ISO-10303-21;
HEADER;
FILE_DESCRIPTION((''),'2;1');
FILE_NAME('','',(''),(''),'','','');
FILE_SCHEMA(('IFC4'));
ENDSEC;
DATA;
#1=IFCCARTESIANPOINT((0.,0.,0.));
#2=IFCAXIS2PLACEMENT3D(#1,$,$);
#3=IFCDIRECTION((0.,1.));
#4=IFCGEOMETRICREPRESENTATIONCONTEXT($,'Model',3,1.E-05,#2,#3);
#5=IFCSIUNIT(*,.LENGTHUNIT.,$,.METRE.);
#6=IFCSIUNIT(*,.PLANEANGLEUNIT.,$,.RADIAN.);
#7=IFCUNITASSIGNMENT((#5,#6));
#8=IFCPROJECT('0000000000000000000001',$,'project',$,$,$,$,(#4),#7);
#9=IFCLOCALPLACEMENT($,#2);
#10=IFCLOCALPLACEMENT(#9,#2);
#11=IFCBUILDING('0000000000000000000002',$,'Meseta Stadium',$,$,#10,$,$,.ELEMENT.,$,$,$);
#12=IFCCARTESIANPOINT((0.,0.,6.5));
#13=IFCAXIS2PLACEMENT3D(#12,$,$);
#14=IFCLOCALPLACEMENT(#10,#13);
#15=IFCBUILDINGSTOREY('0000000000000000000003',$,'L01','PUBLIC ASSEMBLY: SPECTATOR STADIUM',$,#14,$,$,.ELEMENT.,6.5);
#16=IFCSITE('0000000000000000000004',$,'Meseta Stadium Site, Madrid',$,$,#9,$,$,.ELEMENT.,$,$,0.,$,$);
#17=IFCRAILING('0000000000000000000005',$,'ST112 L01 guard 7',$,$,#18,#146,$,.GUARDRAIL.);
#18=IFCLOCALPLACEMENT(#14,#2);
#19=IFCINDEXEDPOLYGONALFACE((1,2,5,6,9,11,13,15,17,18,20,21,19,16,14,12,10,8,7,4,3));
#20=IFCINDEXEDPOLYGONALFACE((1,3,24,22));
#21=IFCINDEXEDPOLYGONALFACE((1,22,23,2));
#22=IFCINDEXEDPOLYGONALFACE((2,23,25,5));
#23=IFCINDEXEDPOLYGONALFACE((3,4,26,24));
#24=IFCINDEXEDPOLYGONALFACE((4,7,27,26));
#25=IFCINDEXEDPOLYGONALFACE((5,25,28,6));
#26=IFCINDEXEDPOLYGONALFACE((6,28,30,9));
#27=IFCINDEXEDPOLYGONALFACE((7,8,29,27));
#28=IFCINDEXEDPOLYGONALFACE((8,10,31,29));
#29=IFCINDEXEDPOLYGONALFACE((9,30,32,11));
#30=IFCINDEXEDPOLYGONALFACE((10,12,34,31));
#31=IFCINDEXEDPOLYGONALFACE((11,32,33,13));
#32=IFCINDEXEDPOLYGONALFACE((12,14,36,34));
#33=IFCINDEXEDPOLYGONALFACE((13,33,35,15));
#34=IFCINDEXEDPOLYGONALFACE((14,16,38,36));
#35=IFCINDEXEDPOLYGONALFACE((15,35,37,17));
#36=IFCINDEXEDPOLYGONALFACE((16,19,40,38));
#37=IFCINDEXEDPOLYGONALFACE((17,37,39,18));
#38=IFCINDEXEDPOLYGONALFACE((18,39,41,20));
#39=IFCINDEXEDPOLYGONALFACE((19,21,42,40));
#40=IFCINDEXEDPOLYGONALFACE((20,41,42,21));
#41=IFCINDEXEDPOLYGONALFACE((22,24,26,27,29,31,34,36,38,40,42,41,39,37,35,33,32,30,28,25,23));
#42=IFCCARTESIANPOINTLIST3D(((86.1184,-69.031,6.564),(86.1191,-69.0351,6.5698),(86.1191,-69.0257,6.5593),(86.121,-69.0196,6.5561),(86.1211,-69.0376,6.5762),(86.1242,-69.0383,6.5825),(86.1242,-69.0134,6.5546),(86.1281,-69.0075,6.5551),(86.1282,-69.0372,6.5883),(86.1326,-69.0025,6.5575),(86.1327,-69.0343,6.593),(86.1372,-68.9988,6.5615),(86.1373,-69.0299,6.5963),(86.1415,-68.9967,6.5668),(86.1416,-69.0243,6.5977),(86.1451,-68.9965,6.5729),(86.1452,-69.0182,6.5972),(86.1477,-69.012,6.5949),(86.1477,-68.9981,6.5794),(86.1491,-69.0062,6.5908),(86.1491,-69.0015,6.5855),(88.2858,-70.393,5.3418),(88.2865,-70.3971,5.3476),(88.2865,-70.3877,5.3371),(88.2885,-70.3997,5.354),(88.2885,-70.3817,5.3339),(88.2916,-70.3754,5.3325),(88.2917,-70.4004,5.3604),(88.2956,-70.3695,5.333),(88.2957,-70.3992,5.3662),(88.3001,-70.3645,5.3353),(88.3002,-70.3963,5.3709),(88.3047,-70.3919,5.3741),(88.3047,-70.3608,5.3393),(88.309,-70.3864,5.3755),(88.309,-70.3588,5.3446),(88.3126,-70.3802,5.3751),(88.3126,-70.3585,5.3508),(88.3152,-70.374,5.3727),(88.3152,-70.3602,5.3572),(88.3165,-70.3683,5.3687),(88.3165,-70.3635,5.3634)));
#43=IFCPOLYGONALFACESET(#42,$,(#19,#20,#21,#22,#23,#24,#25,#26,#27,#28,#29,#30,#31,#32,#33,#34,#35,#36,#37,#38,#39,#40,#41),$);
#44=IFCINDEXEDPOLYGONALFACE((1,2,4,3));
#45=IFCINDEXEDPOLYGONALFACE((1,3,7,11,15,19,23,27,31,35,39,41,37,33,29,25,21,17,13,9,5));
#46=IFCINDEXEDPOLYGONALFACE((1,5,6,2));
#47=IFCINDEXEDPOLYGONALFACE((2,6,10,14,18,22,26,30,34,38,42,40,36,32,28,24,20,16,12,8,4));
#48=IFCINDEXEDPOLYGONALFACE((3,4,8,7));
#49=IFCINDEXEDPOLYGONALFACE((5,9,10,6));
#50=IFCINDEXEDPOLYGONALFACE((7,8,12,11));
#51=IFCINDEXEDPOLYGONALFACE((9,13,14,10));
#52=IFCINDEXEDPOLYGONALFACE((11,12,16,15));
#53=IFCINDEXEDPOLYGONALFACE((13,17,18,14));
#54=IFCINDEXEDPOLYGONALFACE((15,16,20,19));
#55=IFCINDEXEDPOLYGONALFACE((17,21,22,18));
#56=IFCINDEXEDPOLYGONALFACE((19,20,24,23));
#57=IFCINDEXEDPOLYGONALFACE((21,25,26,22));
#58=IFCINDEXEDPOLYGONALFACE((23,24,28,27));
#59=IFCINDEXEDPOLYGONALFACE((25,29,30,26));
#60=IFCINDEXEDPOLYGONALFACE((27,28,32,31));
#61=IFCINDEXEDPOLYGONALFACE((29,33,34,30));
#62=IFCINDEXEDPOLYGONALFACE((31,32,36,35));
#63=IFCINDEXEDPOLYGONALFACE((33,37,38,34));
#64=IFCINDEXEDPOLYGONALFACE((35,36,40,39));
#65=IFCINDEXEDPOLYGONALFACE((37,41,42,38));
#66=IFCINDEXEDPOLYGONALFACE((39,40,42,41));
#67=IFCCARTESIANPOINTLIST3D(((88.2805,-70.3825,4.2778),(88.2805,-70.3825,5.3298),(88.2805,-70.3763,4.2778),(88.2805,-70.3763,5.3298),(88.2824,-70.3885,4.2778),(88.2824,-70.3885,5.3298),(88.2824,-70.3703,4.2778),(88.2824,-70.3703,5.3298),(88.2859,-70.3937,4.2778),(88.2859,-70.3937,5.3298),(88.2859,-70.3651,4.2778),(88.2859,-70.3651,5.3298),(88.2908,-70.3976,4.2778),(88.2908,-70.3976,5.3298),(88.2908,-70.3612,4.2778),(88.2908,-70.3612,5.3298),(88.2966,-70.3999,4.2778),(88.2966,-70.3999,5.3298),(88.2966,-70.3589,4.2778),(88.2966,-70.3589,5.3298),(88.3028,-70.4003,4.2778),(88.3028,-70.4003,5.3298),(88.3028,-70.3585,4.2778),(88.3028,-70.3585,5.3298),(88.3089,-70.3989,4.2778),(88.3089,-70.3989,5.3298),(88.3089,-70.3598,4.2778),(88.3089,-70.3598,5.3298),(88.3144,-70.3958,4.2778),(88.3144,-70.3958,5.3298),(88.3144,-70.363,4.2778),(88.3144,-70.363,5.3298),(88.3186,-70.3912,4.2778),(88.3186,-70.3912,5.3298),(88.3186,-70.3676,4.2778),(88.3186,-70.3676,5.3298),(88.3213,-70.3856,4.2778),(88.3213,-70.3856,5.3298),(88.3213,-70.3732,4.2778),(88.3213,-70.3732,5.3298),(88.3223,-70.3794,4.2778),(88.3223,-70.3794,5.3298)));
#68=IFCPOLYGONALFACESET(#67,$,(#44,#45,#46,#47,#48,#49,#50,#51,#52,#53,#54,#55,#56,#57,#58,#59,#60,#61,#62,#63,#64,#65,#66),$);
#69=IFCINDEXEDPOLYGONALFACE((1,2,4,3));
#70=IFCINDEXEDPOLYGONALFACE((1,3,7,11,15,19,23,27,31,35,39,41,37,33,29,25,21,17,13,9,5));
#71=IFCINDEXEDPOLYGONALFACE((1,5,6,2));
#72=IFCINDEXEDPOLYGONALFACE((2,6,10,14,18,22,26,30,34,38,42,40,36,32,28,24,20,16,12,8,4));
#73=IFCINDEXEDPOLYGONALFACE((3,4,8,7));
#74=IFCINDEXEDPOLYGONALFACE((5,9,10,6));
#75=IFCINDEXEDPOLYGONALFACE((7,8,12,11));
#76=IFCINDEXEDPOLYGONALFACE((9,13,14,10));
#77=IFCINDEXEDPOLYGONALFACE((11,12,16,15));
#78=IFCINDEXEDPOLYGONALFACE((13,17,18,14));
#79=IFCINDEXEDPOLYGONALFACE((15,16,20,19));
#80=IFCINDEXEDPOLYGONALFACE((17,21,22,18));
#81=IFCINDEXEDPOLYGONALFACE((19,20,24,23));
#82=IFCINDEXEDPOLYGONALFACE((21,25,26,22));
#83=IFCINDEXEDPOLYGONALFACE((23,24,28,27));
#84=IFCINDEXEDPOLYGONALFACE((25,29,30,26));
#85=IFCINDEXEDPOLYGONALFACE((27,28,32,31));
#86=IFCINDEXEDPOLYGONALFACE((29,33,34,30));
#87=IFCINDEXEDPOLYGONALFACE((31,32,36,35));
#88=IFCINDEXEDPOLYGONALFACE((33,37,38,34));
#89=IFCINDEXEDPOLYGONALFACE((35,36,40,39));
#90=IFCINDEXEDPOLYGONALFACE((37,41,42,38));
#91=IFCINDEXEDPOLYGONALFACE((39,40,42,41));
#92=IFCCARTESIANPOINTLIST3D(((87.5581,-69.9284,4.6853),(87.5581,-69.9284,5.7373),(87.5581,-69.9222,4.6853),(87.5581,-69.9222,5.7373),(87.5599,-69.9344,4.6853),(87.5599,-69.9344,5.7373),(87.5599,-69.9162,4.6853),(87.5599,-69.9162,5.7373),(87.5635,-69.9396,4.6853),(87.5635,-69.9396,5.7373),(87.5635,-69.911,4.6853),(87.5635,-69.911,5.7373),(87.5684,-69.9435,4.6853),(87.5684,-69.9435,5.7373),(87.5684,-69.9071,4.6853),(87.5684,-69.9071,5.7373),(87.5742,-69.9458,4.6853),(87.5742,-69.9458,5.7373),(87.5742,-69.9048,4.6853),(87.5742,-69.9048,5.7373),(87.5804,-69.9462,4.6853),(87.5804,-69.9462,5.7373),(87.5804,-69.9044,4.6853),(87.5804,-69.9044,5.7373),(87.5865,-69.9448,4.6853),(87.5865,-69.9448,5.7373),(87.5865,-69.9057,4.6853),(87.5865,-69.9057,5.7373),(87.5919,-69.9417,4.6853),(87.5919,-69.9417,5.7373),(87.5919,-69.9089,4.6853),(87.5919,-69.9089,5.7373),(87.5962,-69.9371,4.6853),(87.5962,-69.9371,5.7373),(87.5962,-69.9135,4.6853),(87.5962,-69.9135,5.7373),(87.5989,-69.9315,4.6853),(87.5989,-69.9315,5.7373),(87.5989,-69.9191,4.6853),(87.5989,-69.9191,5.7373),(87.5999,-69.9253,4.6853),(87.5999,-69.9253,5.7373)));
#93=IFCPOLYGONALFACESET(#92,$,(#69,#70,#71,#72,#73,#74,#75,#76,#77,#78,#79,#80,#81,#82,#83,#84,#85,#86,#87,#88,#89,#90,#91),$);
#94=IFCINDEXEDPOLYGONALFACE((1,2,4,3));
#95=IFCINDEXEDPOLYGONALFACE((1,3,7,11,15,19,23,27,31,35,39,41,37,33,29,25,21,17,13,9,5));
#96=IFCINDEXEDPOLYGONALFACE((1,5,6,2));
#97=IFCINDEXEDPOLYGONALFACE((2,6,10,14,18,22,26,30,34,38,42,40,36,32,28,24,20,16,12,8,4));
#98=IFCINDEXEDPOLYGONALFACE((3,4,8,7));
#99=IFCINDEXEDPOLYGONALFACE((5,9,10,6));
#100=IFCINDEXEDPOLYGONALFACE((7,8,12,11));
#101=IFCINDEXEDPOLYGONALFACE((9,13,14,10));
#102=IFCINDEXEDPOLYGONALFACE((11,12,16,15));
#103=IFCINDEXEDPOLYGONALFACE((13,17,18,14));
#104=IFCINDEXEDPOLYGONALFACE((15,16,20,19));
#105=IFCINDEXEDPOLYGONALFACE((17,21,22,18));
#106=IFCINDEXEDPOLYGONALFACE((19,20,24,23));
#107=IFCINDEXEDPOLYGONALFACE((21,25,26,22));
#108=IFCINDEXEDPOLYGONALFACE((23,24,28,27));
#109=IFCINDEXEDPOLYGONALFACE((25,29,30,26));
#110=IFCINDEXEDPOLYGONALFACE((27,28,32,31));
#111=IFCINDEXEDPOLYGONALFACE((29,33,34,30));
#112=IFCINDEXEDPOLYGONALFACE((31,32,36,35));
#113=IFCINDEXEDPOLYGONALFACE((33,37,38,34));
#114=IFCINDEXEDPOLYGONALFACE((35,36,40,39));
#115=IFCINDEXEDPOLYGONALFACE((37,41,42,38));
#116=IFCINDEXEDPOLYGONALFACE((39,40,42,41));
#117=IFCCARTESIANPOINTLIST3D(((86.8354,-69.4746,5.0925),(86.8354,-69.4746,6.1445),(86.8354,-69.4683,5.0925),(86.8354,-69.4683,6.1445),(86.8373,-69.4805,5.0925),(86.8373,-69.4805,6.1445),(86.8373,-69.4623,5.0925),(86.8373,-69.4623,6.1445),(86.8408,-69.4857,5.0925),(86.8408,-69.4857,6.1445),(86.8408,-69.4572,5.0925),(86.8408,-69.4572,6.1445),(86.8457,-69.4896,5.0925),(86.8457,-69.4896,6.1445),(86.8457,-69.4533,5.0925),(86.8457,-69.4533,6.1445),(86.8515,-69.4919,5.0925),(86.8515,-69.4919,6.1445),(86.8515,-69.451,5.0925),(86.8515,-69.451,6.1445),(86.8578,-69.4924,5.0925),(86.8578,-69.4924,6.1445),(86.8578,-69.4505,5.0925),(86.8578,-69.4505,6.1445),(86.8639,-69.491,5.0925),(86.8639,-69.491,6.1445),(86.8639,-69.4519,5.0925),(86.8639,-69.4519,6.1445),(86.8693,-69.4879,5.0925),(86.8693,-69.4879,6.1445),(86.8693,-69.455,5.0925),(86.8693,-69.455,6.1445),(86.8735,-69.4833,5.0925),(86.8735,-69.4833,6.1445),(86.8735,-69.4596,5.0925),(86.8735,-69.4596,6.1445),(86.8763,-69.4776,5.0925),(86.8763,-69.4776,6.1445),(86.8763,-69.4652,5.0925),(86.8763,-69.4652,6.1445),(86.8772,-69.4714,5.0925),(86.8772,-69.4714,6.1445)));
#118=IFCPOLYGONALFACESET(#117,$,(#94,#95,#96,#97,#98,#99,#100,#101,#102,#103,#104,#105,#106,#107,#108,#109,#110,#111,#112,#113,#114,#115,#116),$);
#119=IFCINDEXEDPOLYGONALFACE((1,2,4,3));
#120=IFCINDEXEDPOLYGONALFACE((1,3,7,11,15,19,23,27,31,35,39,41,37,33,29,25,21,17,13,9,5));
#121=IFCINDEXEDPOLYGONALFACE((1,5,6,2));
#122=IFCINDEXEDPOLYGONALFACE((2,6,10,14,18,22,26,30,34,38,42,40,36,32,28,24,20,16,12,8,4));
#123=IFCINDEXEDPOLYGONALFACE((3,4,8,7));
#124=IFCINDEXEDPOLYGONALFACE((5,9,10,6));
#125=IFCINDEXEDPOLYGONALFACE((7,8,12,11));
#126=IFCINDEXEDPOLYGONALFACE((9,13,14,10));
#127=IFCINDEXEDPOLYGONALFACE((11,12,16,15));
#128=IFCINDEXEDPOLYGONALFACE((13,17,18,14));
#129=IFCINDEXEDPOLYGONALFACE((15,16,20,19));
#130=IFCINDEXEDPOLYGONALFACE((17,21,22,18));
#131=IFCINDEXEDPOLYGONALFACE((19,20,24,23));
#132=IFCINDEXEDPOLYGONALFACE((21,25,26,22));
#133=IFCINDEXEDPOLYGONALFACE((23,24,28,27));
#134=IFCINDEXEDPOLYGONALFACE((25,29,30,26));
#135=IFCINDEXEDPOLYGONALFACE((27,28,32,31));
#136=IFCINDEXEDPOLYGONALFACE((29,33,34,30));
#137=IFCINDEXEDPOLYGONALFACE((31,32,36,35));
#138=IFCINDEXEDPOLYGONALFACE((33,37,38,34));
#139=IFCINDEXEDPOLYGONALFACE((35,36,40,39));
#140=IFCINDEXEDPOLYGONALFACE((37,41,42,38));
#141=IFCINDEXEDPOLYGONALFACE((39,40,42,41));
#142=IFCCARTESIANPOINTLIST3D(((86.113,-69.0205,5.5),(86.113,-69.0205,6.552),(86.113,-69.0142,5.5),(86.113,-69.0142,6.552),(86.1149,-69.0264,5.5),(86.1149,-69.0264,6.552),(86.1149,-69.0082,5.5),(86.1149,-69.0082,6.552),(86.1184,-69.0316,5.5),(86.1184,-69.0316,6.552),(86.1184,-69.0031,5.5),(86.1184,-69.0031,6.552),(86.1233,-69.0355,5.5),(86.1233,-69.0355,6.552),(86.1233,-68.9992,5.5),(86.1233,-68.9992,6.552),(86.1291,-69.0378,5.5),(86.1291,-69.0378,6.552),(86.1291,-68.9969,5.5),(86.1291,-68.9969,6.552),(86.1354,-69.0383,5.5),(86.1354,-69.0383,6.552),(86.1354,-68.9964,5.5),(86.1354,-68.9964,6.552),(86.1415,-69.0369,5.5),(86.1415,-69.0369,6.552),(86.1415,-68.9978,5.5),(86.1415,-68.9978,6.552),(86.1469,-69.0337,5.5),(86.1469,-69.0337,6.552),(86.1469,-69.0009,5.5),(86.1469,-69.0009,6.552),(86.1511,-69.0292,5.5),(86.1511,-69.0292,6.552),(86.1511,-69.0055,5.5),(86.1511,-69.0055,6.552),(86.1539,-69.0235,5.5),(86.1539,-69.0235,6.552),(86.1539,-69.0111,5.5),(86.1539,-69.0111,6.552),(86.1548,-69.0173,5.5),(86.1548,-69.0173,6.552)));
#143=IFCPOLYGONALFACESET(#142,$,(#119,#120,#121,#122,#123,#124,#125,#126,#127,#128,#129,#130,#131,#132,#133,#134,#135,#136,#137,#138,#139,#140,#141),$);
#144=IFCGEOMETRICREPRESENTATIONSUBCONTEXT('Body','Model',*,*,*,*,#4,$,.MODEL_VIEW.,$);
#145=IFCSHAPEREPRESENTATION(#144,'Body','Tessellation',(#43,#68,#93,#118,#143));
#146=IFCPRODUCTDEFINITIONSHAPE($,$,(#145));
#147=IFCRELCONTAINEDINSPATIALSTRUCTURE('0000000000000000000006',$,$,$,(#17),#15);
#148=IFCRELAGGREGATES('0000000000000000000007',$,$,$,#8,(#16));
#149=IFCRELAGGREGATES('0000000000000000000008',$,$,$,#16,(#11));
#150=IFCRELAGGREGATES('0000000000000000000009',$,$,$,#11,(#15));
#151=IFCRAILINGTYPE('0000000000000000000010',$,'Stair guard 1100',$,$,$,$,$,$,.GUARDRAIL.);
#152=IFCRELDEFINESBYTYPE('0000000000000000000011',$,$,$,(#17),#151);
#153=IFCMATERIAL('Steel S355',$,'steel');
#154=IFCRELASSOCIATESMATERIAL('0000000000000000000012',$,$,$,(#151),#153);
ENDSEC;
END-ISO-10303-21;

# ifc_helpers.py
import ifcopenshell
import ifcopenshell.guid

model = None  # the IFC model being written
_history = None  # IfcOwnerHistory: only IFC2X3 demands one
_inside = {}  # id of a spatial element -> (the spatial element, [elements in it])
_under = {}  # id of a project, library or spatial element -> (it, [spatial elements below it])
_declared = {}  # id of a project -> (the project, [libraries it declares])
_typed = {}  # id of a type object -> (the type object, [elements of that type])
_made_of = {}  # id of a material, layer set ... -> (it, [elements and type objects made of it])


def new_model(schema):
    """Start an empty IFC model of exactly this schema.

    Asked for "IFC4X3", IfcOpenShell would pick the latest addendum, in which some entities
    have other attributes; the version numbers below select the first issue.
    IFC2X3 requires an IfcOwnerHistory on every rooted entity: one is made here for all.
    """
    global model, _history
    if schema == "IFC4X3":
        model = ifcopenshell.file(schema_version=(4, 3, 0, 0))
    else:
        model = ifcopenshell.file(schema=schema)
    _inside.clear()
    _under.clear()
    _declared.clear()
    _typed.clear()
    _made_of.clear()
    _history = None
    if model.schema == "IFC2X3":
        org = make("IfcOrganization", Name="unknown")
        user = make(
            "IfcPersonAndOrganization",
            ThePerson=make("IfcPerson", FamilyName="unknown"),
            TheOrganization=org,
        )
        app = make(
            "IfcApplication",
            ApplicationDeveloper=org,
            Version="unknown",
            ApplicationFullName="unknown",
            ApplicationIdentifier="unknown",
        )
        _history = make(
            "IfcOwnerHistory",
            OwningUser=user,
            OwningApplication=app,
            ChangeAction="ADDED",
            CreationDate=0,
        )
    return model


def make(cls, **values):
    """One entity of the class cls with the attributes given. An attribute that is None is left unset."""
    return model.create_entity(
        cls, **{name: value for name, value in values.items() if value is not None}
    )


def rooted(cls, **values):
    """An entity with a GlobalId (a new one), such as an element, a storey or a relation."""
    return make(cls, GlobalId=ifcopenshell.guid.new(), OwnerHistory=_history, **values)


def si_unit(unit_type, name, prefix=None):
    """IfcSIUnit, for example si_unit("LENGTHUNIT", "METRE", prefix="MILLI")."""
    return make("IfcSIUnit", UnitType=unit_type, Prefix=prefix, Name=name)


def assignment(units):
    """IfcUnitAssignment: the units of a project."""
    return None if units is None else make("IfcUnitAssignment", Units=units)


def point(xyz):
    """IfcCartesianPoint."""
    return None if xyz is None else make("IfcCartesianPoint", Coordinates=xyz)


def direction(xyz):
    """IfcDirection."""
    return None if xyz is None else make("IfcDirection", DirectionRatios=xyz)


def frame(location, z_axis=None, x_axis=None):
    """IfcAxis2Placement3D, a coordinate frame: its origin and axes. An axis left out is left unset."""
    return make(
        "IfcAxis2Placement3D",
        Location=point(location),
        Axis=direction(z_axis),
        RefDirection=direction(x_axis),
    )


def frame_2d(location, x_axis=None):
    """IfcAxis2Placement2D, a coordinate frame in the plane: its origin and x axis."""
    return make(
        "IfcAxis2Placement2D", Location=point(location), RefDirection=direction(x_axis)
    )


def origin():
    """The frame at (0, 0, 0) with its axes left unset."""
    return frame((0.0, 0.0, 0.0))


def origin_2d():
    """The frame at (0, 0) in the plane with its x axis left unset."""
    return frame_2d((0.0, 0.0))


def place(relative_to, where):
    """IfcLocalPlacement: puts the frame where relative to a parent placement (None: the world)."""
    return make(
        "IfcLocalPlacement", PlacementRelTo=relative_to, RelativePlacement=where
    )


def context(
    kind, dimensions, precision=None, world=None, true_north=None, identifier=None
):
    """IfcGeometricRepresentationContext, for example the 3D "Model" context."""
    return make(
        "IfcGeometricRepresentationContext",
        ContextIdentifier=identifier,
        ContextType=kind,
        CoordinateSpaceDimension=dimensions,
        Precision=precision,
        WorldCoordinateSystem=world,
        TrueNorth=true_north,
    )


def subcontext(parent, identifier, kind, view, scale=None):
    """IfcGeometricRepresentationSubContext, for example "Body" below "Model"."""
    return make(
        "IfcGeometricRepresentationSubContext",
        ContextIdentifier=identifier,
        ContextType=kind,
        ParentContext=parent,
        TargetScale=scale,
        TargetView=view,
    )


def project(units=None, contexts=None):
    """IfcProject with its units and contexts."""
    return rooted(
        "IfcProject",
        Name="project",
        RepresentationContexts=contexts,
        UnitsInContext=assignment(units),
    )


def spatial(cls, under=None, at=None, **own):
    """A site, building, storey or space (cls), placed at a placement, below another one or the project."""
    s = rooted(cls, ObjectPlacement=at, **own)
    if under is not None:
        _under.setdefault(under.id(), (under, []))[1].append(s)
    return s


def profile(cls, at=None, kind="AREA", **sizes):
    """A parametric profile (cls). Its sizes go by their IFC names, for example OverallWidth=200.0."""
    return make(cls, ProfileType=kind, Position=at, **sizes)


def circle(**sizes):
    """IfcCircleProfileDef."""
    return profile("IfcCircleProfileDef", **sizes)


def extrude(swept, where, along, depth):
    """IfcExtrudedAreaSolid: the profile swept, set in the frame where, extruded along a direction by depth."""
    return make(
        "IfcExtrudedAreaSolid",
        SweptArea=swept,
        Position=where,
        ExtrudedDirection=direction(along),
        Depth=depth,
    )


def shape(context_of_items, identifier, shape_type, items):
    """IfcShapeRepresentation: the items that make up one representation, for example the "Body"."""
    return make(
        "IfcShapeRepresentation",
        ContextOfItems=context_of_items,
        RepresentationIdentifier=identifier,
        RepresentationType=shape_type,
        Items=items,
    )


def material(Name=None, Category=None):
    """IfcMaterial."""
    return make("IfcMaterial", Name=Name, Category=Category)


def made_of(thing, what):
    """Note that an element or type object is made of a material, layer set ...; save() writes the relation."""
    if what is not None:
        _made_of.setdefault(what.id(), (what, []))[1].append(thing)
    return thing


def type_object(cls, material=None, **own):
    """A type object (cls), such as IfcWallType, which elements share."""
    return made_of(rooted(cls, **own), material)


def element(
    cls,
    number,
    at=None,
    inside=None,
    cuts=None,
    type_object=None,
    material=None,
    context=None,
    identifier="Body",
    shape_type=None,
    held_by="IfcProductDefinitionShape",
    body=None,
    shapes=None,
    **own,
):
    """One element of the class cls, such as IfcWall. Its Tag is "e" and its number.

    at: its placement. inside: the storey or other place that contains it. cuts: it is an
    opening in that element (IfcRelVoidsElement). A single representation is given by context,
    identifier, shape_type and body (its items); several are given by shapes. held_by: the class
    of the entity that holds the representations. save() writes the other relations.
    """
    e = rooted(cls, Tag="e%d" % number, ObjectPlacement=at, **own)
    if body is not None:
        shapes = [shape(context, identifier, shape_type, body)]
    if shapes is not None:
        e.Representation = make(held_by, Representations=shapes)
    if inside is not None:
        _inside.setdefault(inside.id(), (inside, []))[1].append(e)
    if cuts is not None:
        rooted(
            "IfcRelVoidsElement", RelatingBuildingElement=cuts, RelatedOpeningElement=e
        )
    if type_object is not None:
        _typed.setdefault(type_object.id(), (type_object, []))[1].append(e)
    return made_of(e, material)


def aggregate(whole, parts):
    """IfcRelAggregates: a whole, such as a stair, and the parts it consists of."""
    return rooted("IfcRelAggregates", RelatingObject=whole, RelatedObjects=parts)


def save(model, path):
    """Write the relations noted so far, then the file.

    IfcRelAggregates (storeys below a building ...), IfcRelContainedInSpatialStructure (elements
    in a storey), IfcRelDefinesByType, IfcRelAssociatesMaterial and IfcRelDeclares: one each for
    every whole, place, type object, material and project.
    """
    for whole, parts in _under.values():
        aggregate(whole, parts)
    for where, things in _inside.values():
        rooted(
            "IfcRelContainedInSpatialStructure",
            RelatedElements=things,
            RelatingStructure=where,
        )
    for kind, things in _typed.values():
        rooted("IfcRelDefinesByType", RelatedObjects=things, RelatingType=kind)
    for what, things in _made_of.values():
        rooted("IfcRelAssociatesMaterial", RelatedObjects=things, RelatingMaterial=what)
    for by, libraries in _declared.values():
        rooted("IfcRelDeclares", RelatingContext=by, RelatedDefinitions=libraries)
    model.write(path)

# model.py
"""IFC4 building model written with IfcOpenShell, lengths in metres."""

from ifc_helpers import new_model, si_unit, direction, frame, origin, origin_2d, place, context, subcontext, project, spatial, circle, extrude, material, type_object, element, save


model = new_model("IFC4")

# Units and contexts
model_context = context("Model", 3, precision=1e-05, world=origin(), true_north=direction((0.0, 1.0)))
body_context = subcontext(model_context, "Body", "Model", "MODEL_VIEW")
ifc_project = project(units=[si_unit("LENGTHUNIT", "METRE"), si_unit("PLANEANGLEUNIT", "RADIAN")], contexts=[model_context])

# Site, building, storey
site_placement = place(None, origin())
site = spatial("IfcSite", under=ifc_project, at=site_placement, Name="Meseta Stadium Site, Madrid", CompositionType="ELEMENT", RefElevation=0.0)
building_placement = place(site_placement, origin())
building = spatial("IfcBuilding", under=site, at=building_placement, Name="Meseta Stadium", CompositionType="ELEMENT")
storey_placement = place(building_placement, frame((0.0, 0.0, 6.5)))
storey = spatial("IfcBuildingStorey", under=building, at=storey_placement, Name="L01", Description="PUBLIC ASSEMBLY: SPECTATOR STADIUM", CompositionType="ELEMENT", Elevation=6.5)

# Railing
ifc_material_1 = material(Name="Steel S355", Category="steel")
railing_type_1 = type_object("IfcRailingType", Name="Stair guard 1100", PredefinedType="GUARDRAIL", material=ifc_material_1)
railing_1_placement = place(storey_placement, frame((88.3013, -70.3794, 4.2778)))
element("IfcRailing", 1, at=railing_1_placement, inside=storey, type_object=railing_type_1, Name="ST112 L01 guard 7", PredefinedType="GUARDRAIL", context=body_context, shape_type="SweptSolid", body=[
    extrude(circle(Radius=0.0239, at=origin_2d()), frame((0.0, 0.0, 1.0762), z_axis=(-0.764085, 0.480156, 0.430841), x_axis=(-0.532072, -0.846699, 0.0)), (0.0, 0.0, 1.0), 2.8367),
    extrude(circle(Radius=0.021, at=origin_2d()), origin(), (0.0, 0.0, 1.0), 1.052),
    extrude(circle(Radius=0.021, at=origin_2d()), frame((-0.7224, 0.4541, 0.4075)), (0.0, 0.0, 1.0), 1.052),
    extrude(circle(Radius=0.021, at=origin_2d()), frame((-1.4451, 0.908, 0.8147)), (0.0, 0.0, 1.0), 1.052),
    extrude(circle(Radius=0.021, at=origin_2d()), frame((-2.1675, 1.3621, 1.2222)), (0.0, 0.0, 1.0), 1.052),
])

save(model, "model.ifc")
